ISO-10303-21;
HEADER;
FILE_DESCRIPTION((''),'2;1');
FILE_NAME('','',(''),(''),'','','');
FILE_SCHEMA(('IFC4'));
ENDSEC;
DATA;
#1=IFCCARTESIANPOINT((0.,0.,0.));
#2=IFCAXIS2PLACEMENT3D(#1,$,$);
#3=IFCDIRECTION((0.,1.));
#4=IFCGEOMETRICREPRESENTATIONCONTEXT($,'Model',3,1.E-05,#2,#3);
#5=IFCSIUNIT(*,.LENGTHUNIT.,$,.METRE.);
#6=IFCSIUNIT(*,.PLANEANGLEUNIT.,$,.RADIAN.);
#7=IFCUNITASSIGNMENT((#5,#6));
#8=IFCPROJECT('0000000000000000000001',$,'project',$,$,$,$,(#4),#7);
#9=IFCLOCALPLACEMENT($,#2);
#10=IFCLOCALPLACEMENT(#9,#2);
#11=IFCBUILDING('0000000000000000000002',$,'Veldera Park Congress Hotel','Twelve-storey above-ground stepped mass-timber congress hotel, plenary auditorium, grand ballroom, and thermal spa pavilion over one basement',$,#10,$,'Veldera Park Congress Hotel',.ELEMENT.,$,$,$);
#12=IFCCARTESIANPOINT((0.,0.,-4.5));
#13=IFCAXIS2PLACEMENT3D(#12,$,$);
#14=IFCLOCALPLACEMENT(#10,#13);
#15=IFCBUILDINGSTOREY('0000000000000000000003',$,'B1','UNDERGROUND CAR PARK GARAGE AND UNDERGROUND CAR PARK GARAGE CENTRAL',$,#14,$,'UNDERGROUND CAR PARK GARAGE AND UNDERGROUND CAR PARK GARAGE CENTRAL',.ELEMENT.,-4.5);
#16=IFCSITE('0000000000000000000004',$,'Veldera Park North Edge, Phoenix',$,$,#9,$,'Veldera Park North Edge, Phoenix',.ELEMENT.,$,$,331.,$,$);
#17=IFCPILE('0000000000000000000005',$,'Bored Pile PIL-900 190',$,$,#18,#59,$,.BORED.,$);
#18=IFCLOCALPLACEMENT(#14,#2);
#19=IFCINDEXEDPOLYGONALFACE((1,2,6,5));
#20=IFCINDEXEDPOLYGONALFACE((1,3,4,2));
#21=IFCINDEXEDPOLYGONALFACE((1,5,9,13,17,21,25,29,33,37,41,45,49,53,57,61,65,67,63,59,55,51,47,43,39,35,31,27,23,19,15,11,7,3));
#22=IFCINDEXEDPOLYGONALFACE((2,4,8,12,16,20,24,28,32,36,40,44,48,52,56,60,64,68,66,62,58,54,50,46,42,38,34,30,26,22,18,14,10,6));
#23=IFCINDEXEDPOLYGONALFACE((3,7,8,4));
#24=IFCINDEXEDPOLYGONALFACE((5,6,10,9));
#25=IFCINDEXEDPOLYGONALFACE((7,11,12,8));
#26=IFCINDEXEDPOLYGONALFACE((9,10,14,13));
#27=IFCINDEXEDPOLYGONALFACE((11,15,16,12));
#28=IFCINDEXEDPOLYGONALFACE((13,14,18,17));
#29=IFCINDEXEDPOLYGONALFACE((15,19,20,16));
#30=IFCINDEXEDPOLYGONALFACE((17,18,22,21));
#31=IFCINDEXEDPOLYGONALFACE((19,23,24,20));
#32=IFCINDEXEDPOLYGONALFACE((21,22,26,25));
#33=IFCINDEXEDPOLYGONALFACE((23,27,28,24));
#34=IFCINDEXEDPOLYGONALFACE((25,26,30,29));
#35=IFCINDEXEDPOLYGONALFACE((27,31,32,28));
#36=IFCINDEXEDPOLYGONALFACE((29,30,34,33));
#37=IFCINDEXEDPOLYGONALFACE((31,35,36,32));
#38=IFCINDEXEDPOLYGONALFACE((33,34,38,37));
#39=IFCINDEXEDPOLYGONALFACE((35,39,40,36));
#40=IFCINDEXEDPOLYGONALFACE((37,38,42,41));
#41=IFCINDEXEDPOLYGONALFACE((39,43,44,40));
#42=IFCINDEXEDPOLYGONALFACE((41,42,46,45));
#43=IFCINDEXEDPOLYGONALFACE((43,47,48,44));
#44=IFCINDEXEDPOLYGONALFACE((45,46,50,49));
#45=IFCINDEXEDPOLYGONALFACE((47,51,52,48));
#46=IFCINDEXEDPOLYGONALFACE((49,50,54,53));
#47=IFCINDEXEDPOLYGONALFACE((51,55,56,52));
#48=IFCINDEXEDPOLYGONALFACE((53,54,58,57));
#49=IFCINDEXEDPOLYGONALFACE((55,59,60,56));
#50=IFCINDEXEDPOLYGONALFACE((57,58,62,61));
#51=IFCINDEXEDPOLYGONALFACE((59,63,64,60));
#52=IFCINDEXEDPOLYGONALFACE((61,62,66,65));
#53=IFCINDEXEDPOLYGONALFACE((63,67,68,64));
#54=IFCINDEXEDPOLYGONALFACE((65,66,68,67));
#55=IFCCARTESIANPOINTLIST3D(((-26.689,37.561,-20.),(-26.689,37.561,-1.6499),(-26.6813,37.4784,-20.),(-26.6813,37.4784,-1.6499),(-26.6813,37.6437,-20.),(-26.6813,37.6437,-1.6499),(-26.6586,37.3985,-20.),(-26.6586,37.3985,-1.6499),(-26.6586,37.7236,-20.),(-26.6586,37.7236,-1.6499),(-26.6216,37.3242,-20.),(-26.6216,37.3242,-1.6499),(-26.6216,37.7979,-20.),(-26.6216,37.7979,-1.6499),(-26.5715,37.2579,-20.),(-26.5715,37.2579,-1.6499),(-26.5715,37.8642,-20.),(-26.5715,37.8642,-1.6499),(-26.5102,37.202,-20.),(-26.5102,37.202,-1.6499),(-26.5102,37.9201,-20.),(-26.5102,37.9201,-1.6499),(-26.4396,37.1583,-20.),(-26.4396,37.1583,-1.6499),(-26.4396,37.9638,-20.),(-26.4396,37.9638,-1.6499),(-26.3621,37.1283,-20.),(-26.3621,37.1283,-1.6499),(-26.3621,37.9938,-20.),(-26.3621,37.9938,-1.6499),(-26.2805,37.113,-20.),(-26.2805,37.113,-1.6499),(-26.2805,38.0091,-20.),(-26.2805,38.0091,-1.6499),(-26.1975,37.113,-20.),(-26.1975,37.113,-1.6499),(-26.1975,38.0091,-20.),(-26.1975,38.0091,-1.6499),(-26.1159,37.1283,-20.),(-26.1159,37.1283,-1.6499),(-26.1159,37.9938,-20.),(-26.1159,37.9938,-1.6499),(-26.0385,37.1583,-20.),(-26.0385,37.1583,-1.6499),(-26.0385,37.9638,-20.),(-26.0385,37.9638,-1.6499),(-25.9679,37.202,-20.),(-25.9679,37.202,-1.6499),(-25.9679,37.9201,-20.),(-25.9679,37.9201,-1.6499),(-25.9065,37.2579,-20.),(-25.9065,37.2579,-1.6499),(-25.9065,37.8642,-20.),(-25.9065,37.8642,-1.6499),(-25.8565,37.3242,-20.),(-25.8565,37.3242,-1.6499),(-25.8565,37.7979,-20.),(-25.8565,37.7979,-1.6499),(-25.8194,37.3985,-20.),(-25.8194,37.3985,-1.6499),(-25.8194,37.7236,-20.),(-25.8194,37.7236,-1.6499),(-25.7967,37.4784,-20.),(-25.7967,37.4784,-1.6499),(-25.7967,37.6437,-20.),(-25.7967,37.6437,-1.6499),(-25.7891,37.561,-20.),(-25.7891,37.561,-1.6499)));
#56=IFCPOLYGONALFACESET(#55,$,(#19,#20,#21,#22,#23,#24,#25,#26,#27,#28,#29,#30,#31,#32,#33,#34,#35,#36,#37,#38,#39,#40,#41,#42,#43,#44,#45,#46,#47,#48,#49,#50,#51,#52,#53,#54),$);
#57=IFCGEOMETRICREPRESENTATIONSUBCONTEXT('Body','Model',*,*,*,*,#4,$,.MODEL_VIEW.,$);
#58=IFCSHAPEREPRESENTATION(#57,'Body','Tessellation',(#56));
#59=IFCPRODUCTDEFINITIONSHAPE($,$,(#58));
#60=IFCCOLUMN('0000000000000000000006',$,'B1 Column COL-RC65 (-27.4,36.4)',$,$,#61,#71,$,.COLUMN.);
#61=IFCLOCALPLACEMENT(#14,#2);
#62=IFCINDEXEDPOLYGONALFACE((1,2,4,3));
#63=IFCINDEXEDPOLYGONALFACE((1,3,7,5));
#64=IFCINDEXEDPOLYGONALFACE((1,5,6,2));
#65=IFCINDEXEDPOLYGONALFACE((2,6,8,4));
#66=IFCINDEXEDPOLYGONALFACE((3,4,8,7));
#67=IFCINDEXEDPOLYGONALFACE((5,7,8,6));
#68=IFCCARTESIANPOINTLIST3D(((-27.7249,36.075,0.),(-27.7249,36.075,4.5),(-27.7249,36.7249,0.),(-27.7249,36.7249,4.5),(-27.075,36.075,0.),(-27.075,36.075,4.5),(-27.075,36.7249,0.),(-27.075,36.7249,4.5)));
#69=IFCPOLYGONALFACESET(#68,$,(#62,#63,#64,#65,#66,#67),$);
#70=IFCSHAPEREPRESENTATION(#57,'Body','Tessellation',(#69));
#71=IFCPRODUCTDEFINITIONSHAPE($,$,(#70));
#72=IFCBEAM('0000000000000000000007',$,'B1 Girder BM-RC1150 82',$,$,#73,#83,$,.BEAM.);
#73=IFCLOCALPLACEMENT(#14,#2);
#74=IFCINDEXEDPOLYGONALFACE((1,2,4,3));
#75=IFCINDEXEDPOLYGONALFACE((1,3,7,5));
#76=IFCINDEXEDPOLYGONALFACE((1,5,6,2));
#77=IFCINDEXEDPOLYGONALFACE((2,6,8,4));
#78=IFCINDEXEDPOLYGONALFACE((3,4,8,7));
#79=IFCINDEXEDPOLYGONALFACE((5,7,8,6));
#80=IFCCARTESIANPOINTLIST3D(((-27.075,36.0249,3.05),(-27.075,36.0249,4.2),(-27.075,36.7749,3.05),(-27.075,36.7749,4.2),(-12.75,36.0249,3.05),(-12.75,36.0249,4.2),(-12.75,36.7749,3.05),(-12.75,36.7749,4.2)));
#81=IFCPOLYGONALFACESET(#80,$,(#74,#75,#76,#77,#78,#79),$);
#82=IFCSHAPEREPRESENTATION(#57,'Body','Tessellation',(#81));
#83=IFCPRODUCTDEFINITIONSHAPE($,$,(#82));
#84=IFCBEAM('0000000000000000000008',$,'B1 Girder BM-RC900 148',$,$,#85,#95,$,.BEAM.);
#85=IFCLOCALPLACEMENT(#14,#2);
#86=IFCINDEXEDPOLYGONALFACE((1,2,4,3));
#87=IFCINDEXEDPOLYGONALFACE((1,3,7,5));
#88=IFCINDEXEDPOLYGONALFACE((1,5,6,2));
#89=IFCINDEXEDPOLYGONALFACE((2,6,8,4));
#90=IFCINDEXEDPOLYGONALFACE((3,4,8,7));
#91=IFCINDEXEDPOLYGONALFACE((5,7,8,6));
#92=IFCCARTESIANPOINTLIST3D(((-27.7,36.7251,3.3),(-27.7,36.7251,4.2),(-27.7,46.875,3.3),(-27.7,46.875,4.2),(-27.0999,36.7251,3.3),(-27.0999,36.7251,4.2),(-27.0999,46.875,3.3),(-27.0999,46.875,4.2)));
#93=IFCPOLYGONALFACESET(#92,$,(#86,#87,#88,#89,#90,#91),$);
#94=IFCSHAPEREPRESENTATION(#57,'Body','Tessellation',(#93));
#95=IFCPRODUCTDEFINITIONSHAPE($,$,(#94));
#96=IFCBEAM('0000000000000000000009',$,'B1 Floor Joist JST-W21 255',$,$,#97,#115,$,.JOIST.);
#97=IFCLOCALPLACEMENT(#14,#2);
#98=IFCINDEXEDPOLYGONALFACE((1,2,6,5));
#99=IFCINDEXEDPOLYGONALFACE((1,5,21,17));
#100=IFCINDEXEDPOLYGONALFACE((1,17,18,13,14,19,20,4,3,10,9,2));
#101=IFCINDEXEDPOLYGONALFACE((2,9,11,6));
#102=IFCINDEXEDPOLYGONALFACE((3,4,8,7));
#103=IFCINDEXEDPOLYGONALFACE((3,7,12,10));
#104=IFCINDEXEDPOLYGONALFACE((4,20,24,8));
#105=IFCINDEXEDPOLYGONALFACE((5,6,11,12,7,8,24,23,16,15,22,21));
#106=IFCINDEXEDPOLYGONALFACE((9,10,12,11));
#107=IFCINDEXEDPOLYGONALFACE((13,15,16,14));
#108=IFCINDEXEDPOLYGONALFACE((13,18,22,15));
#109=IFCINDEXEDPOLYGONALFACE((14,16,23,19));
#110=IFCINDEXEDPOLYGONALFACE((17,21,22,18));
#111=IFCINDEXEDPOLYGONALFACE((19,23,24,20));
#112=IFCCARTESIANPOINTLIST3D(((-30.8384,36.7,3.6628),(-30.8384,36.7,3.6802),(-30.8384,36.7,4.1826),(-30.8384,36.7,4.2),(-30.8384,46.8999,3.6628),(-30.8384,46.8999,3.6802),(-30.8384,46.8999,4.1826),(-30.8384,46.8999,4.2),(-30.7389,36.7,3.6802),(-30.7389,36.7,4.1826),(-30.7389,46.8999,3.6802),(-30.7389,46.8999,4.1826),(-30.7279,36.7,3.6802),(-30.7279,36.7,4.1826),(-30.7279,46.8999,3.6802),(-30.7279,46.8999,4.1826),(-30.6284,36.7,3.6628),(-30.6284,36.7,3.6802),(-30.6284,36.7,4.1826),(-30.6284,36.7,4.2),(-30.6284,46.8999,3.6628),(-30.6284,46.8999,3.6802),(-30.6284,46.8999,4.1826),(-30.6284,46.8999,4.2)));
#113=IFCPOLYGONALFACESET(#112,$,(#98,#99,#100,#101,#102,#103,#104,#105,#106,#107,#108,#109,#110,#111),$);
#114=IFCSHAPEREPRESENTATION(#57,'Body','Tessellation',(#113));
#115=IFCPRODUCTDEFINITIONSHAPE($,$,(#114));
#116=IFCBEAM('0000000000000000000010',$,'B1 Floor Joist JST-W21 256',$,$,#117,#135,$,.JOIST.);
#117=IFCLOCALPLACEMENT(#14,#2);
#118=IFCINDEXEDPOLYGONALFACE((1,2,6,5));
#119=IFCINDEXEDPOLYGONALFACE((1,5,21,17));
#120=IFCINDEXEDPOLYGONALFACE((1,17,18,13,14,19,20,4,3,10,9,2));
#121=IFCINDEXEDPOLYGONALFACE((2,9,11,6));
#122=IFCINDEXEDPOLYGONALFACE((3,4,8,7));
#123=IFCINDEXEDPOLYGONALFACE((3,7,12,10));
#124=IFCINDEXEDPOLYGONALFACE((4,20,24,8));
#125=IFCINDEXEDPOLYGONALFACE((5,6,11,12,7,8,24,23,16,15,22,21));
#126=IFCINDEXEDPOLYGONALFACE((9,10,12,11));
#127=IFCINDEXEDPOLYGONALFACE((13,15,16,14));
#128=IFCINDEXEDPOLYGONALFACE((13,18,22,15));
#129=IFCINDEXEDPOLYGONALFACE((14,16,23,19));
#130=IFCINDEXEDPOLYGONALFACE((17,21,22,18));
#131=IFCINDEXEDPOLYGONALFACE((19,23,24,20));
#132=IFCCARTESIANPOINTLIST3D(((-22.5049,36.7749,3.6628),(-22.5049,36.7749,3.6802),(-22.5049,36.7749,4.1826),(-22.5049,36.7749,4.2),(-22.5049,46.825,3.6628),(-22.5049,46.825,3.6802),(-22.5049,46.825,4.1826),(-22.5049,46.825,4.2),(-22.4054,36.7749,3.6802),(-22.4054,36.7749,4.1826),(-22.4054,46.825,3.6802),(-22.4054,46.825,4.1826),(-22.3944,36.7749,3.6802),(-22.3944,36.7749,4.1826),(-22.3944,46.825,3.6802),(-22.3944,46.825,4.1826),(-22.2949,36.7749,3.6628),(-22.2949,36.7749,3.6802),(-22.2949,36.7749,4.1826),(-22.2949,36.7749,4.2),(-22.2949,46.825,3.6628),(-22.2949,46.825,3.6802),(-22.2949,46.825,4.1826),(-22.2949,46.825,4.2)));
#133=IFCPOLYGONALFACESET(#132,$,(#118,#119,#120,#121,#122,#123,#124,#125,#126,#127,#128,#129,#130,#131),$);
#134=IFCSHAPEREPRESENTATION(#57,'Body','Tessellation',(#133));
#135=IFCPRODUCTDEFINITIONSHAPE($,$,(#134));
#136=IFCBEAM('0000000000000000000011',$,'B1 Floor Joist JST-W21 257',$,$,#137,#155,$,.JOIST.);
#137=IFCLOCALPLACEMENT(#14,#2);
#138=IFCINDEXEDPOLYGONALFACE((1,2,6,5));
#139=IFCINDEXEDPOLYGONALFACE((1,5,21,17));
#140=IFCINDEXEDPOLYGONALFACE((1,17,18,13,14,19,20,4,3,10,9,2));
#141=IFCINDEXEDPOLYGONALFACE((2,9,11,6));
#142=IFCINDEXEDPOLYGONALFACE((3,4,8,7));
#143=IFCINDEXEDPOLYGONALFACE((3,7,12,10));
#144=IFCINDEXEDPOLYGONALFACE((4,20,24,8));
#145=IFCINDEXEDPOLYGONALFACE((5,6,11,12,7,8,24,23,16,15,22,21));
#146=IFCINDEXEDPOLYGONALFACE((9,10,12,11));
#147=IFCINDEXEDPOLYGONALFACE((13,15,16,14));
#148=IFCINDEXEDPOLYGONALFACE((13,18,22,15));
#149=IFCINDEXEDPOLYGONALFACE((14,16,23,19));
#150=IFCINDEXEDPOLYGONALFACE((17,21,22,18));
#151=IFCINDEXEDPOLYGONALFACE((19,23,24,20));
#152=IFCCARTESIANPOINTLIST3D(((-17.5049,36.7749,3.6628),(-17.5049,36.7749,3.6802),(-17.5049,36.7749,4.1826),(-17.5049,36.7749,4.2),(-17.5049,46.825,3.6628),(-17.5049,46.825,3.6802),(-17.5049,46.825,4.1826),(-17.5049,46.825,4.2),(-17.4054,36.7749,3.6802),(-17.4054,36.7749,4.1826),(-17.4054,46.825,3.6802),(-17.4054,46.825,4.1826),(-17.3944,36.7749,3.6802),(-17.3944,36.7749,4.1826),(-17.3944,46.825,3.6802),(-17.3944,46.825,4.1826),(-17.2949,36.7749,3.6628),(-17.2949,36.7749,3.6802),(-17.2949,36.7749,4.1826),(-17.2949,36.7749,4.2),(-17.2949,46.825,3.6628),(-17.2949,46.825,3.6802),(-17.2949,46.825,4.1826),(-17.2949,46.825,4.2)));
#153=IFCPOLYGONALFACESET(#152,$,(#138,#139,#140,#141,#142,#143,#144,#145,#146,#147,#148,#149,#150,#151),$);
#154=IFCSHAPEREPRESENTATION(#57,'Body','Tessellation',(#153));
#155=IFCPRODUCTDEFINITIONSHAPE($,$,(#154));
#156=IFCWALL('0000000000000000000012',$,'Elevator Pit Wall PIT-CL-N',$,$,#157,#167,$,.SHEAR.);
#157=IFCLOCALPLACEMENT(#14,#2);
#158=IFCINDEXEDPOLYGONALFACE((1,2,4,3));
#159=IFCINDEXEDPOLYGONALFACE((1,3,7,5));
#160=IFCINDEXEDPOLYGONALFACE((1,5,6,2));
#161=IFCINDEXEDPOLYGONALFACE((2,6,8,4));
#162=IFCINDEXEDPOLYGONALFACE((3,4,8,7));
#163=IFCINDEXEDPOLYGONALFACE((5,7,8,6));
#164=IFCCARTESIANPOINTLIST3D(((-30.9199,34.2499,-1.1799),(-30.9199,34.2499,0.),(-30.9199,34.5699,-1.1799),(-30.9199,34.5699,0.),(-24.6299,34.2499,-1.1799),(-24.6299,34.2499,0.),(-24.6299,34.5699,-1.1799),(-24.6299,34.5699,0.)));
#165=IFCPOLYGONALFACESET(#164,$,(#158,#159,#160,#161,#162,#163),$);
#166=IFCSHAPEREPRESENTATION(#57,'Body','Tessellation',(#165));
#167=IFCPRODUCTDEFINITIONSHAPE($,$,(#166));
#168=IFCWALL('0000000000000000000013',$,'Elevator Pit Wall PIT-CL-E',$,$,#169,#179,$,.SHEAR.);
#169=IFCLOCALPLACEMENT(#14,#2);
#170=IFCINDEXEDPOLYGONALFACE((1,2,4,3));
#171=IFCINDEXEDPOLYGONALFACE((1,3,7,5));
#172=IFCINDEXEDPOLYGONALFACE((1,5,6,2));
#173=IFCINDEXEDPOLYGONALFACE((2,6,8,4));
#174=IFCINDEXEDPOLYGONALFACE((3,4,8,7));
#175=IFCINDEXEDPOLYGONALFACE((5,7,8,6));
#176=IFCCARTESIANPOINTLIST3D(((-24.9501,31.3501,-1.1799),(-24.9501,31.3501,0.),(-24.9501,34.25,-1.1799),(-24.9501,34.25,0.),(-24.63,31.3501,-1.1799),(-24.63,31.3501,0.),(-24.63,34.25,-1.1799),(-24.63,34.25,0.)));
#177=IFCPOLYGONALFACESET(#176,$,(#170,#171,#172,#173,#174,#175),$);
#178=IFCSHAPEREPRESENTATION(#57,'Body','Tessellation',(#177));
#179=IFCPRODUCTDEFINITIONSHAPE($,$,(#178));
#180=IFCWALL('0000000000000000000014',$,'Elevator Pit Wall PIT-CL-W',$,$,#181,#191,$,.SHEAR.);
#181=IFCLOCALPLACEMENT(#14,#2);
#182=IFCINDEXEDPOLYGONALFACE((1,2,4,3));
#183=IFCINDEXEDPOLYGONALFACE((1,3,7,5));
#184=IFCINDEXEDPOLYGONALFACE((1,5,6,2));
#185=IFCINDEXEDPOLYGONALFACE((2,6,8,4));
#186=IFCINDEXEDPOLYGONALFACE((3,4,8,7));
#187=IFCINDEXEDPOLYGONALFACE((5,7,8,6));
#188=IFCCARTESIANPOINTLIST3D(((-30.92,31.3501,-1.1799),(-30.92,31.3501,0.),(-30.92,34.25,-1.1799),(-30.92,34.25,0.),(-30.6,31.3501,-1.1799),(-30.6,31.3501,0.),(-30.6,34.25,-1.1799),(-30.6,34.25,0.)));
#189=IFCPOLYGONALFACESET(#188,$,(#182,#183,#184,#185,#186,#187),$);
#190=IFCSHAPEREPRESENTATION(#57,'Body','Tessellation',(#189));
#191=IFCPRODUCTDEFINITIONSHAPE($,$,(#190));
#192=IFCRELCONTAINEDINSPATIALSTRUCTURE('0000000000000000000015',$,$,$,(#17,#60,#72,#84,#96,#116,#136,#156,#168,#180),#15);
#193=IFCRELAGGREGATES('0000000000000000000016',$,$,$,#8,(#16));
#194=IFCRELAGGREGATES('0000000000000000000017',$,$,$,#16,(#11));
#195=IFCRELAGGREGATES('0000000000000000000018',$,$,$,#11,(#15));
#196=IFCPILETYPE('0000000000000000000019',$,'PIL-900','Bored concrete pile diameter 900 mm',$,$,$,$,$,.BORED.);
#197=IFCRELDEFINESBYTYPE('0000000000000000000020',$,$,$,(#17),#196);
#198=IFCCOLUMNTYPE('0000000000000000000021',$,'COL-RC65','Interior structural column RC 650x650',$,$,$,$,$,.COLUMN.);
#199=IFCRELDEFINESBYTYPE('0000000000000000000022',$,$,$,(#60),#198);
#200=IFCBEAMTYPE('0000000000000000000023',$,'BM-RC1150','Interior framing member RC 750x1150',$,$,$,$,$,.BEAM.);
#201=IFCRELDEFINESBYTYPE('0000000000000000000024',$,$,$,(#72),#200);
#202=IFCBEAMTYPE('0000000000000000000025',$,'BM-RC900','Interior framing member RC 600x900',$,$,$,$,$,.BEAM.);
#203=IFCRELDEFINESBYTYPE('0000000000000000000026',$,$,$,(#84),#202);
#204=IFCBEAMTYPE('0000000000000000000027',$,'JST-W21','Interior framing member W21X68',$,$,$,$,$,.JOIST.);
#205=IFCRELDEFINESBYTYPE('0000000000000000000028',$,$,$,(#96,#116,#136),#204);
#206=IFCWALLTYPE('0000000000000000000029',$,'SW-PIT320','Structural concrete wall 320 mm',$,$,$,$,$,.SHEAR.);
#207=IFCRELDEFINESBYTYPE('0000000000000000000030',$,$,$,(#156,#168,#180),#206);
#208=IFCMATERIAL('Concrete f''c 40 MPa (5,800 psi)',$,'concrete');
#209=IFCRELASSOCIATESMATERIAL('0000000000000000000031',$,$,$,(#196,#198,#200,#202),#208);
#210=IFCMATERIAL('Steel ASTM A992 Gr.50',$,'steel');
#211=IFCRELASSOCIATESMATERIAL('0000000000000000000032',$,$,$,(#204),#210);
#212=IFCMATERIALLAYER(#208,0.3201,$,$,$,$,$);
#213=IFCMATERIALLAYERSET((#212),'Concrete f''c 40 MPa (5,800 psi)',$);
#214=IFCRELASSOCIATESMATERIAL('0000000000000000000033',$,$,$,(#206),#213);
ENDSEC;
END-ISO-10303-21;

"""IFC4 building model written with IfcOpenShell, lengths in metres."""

from ifc_helpers import new_model, si_unit, direction, frame, frame_2d, origin, origin_2d, place, context, subcontext, project, spatial, rectangle, circle, i_section, extrude, material, layer, layer_set, material_profile, profile_set, type_object, element, save


model = new_model("IFC4")

# Units and contexts
model_context = context("Model", 3, precision=1e-05, world=origin(), true_north=direction((0.0, 1.0)))
body_context = subcontext(model_context, "Body", "Model", "MODEL_VIEW")
ifc_project = project(units=[si_unit("LENGTHUNIT", "METRE"), si_unit("PLANEANGLEUNIT", "RADIAN")], contexts=[model_context])

# Site, building, storey
site_placement = place(None, origin())
site = spatial("IfcSite", under=ifc_project, at=site_placement, Name="Veldera Park North Edge, Phoenix", LongName="Veldera Park North Edge, Phoenix", CompositionType="ELEMENT", RefElevation=331.0)
building_placement = place(site_placement, origin())
building = spatial("IfcBuilding", under=site, at=building_placement, Name="Veldera Park Congress Hotel", Description="Twelve-storey above-ground stepped mass-timber congress hotel, plenary auditorium, grand ballroom, and thermal spa pavilion over one basement", LongName="Veldera Park Congress Hotel", CompositionType="ELEMENT")
storey_placement = place(building_placement, frame((0.0, 0.0, -4.5)))
storey = spatial("IfcBuildingStorey", under=building, at=storey_placement, Name="B1", Description="UNDERGROUND CAR PARK GARAGE AND UNDERGROUND CAR PARK GARAGE CENTRAL", LongName="UNDERGROUND CAR PARK GARAGE AND UNDERGROUND CAR PARK GARAGE CENTRAL", CompositionType="ELEMENT", Elevation=-4.5)

# Shared definitions
ifc_material_1 = material(Name="Concrete f'c 40 MPa (5,800 psi)", Category="concrete")

# Pile
ifc_material_profile_1 = material_profile(ifc_material_1, circle(Radius=0.45, at=origin_2d()), Name="PILE D900")
ifc_profile_set_1 = profile_set([ifc_material_profile_1], Name="Concrete f'c 40 MPa (5,800 psi)")
pile_type = type_object("IfcPileType", Name="PIL-900", Description="Bored concrete pile diameter 900 mm", PredefinedType="BORED", material=ifc_profile_set_1)
for number, where, z_axis, x_axis, name in (
    (1, (-26.239, 37.561, -1.6499), (0.0, 0.0, -1.0), (1.0, 0.0, 0.0), "Bored Pile PIL-900 190"),
):
    element("IfcPile", number, at=place(storey_placement, frame(where, z_axis=z_axis, x_axis=x_axis)), inside=storey, type_object=pile_type, Name=name, PredefinedType="BORED", context=body_context, shape_type="SweptSolid", body=[
        extrude(circle(Radius=0.45, at=origin_2d()), origin(), (0.0, 0.0, 1.0), 18.3501),
    ])

# Column
ifc_material_profile_2 = material_profile(ifc_material_1, rectangle(XDim=0.6499, YDim=0.6499, at=origin_2d()), Name="RC 650x650")
ifc_profile_set_2 = profile_set([ifc_material_profile_2], Name="Concrete f'c 40 MPa (5,800 psi)")
column_type = type_object("IfcColumnType", Name="COL-RC65", Description="Interior structural column RC 650x650", PredefinedType="COLUMN", material=ifc_profile_set_2)
column_placement = place(storey_placement, frame((-27.3999, 36.3999, 0.0), z_axis=(0.0, 0.0, 1.0), x_axis=(1.0, 0.0, 0.0)))
element("IfcColumn", 2, at=column_placement, inside=storey, type_object=column_type, Name="B1 Column COL-RC65 (-27.4,36.4)", PredefinedType="COLUMN", context=body_context, shape_type="SweptSolid", body=[
    extrude(rectangle(XDim=0.6499, YDim=0.6499, at=origin_2d()), origin(), (0.0, 0.0, 1.0), 4.5),
])

# Beams
ifc_material_profile_3 = material_profile(ifc_material_1, rectangle(XDim=0.75, YDim=1.1499, at=origin_2d()), Name="RC 750x1150")
ifc_profile_set_3 = profile_set([ifc_material_profile_3], Name="Concrete f'c 40 MPa (5,800 psi)")
beam_type_1 = type_object("IfcBeamType", Name="BM-RC1150", Description="Interior framing member RC 750x1150", PredefinedType="BEAM", material=ifc_profile_set_3)
beam_1_placement = place(storey_placement, frame((-27.075, 36.3999, 3.625), z_axis=(1.0, 0.0, 0.0), x_axis=(0.0, 1.0, 0.0)))
element("IfcBeam", 3, at=beam_1_placement, inside=storey, type_object=beam_type_1, Name="B1 Girder BM-RC1150 82", PredefinedType="BEAM", context=body_context, shape_type="SweptSolid", body=[
    extrude(rectangle(XDim=0.75, YDim=1.1499, at=origin_2d()), origin(), (0.0, 0.0, 1.0), 14.325),
])
ifc_material_profile_4 = material_profile(ifc_material_1, rectangle(XDim=0.6001, YDim=0.8999, at=origin_2d()), Name="RC 600x900")
ifc_profile_set_4 = profile_set([ifc_material_profile_4], Name="Concrete f'c 40 MPa (5,800 psi)")
beam_type_2 = type_object("IfcBeamType", Name="BM-RC900", Description="Interior framing member RC 600x900", PredefinedType="BEAM", material=ifc_profile_set_4)
beam_2_placement = place(storey_placement, frame((-27.3999, 36.7251, 3.75), z_axis=(0.0, 1.0, 0.0), x_axis=(-1.0, 0.0, 0.0)))
element("IfcBeam", 4, at=beam_2_placement, inside=storey, type_object=beam_type_2, Name="B1 Girder BM-RC900 148", PredefinedType="BEAM", context=body_context, shape_type="SweptSolid", body=[
    extrude(rectangle(XDim=0.6001, YDim=0.8999, at=origin_2d()), origin(), (0.0, 0.0, 1.0), 10.1499),
])
ifc_material_2 = material(Name="Steel ASTM A992 Gr.50", Category="steel")
ifc_material_profile_5 = material_profile(ifc_material_2, i_section(OverallWidth=0.21, OverallDepth=0.5371, WebThickness=0.011, FlangeThickness=0.0173, at=origin_2d()), Name="W21X68")
ifc_profile_set_5 = profile_set([ifc_material_profile_5], Name="Steel ASTM A992 Gr.50")
beam_type_3 = type_object("IfcBeamType", Name="JST-W21", Description="Interior framing member W21X68", PredefinedType="JOIST", material=ifc_profile_set_5)
beam_3_placement = place(storey_placement, frame((-30.7334, 36.7, 3.9314), z_axis=(0.0, 1.0, 0.0), x_axis=(-1.0, 0.0, 0.0)))
element("IfcBeam", 5, at=beam_3_placement, inside=storey, type_object=beam_type_3, Name="B1 Floor Joist JST-W21 255", PredefinedType="JOIST", context=body_context, shape_type="SweptSolid", body=[
    extrude(i_section(OverallWidth=0.21, OverallDepth=0.5371, WebThickness=0.011, FlangeThickness=0.0173, at=origin_2d()), origin(), (0.0, 0.0, 1.0), 10.2),
])
for number, where, z_axis, x_axis, name in (
    (6, (-22.3999, 36.7749, 3.9314), (0.0, 1.0, 0.0), (-1.0, 0.0, 0.0), "B1 Floor Joist JST-W21 256"),
    (7, (-17.3999, 36.7749, 3.9314), (0.0, 1.0, 0.0), (-1.0, 0.0, 0.0), "B1 Floor Joist JST-W21 257"),
):
    element("IfcBeam", number, at=place(storey_placement, frame(where, z_axis=z_axis, x_axis=x_axis)), inside=storey, type_object=beam_type_3, Name=name, PredefinedType="JOIST", context=body_context, shape_type="SweptSolid", body=[
        extrude(i_section(OverallWidth=0.21, OverallDepth=0.5371, WebThickness=0.011, FlangeThickness=0.0173, at=origin_2d()), origin(), (0.0, 0.0, 1.0), 10.05),
    ])

# Walls
ifc_layer_1 = layer(ifc_material_1, 0.3201)
ifc_layer_set_1 = layer_set([ifc_layer_1], Name="Concrete f'c 40 MPa (5,800 psi)")
wall_type_1 = type_object("IfcWallType", Name="SW-PIT320", Description="Structural concrete wall 320 mm", PredefinedType="SHEAR", material=ifc_layer_set_1)
wall_1_placement = place(storey_placement, frame((-24.6299, 34.4099, -1.1799), z_axis=(0.0, 0.0, 1.0), x_axis=(-1.0, 0.0, 0.0)))
element("IfcWall", 8, at=wall_1_placement, inside=storey, type_object=wall_type_1, Name="Elevator Pit Wall PIT-CL-N", PredefinedType="SHEAR", context=body_context, shape_type="SweptSolid", body=[
    extrude(rectangle(XDim=6.29, YDim=0.3201, at=frame_2d((3.145, 0.0))), origin(), (0.0, 0.0, 1.0), 1.1799),
])
for number, where, z_axis, x_axis, name in (
    (9, (-24.79, 31.3501, -1.1799), (0.0, 0.0, 1.0), (0.0, 1.0, 0.0), "Elevator Pit Wall PIT-CL-E"),
    (10, (-30.76, 34.25, -1.1799), (0.0, 0.0, 1.0), (0.0, -1.0, 0.0), "Elevator Pit Wall PIT-CL-W"),
):
    element("IfcWall", number, at=place(storey_placement, frame(where, z_axis=z_axis, x_axis=x_axis)), inside=storey, type_object=wall_type_1, Name=name, PredefinedType="SHEAR", context=body_context, shape_type="SweptSolid", body=[
        extrude(rectangle(XDim=2.8999, YDim=0.3201, at=frame_2d((1.45, 0.0))), origin(), (0.0, 0.0, 1.0), 1.1799),
    ])

save(model, "model.ifc")
